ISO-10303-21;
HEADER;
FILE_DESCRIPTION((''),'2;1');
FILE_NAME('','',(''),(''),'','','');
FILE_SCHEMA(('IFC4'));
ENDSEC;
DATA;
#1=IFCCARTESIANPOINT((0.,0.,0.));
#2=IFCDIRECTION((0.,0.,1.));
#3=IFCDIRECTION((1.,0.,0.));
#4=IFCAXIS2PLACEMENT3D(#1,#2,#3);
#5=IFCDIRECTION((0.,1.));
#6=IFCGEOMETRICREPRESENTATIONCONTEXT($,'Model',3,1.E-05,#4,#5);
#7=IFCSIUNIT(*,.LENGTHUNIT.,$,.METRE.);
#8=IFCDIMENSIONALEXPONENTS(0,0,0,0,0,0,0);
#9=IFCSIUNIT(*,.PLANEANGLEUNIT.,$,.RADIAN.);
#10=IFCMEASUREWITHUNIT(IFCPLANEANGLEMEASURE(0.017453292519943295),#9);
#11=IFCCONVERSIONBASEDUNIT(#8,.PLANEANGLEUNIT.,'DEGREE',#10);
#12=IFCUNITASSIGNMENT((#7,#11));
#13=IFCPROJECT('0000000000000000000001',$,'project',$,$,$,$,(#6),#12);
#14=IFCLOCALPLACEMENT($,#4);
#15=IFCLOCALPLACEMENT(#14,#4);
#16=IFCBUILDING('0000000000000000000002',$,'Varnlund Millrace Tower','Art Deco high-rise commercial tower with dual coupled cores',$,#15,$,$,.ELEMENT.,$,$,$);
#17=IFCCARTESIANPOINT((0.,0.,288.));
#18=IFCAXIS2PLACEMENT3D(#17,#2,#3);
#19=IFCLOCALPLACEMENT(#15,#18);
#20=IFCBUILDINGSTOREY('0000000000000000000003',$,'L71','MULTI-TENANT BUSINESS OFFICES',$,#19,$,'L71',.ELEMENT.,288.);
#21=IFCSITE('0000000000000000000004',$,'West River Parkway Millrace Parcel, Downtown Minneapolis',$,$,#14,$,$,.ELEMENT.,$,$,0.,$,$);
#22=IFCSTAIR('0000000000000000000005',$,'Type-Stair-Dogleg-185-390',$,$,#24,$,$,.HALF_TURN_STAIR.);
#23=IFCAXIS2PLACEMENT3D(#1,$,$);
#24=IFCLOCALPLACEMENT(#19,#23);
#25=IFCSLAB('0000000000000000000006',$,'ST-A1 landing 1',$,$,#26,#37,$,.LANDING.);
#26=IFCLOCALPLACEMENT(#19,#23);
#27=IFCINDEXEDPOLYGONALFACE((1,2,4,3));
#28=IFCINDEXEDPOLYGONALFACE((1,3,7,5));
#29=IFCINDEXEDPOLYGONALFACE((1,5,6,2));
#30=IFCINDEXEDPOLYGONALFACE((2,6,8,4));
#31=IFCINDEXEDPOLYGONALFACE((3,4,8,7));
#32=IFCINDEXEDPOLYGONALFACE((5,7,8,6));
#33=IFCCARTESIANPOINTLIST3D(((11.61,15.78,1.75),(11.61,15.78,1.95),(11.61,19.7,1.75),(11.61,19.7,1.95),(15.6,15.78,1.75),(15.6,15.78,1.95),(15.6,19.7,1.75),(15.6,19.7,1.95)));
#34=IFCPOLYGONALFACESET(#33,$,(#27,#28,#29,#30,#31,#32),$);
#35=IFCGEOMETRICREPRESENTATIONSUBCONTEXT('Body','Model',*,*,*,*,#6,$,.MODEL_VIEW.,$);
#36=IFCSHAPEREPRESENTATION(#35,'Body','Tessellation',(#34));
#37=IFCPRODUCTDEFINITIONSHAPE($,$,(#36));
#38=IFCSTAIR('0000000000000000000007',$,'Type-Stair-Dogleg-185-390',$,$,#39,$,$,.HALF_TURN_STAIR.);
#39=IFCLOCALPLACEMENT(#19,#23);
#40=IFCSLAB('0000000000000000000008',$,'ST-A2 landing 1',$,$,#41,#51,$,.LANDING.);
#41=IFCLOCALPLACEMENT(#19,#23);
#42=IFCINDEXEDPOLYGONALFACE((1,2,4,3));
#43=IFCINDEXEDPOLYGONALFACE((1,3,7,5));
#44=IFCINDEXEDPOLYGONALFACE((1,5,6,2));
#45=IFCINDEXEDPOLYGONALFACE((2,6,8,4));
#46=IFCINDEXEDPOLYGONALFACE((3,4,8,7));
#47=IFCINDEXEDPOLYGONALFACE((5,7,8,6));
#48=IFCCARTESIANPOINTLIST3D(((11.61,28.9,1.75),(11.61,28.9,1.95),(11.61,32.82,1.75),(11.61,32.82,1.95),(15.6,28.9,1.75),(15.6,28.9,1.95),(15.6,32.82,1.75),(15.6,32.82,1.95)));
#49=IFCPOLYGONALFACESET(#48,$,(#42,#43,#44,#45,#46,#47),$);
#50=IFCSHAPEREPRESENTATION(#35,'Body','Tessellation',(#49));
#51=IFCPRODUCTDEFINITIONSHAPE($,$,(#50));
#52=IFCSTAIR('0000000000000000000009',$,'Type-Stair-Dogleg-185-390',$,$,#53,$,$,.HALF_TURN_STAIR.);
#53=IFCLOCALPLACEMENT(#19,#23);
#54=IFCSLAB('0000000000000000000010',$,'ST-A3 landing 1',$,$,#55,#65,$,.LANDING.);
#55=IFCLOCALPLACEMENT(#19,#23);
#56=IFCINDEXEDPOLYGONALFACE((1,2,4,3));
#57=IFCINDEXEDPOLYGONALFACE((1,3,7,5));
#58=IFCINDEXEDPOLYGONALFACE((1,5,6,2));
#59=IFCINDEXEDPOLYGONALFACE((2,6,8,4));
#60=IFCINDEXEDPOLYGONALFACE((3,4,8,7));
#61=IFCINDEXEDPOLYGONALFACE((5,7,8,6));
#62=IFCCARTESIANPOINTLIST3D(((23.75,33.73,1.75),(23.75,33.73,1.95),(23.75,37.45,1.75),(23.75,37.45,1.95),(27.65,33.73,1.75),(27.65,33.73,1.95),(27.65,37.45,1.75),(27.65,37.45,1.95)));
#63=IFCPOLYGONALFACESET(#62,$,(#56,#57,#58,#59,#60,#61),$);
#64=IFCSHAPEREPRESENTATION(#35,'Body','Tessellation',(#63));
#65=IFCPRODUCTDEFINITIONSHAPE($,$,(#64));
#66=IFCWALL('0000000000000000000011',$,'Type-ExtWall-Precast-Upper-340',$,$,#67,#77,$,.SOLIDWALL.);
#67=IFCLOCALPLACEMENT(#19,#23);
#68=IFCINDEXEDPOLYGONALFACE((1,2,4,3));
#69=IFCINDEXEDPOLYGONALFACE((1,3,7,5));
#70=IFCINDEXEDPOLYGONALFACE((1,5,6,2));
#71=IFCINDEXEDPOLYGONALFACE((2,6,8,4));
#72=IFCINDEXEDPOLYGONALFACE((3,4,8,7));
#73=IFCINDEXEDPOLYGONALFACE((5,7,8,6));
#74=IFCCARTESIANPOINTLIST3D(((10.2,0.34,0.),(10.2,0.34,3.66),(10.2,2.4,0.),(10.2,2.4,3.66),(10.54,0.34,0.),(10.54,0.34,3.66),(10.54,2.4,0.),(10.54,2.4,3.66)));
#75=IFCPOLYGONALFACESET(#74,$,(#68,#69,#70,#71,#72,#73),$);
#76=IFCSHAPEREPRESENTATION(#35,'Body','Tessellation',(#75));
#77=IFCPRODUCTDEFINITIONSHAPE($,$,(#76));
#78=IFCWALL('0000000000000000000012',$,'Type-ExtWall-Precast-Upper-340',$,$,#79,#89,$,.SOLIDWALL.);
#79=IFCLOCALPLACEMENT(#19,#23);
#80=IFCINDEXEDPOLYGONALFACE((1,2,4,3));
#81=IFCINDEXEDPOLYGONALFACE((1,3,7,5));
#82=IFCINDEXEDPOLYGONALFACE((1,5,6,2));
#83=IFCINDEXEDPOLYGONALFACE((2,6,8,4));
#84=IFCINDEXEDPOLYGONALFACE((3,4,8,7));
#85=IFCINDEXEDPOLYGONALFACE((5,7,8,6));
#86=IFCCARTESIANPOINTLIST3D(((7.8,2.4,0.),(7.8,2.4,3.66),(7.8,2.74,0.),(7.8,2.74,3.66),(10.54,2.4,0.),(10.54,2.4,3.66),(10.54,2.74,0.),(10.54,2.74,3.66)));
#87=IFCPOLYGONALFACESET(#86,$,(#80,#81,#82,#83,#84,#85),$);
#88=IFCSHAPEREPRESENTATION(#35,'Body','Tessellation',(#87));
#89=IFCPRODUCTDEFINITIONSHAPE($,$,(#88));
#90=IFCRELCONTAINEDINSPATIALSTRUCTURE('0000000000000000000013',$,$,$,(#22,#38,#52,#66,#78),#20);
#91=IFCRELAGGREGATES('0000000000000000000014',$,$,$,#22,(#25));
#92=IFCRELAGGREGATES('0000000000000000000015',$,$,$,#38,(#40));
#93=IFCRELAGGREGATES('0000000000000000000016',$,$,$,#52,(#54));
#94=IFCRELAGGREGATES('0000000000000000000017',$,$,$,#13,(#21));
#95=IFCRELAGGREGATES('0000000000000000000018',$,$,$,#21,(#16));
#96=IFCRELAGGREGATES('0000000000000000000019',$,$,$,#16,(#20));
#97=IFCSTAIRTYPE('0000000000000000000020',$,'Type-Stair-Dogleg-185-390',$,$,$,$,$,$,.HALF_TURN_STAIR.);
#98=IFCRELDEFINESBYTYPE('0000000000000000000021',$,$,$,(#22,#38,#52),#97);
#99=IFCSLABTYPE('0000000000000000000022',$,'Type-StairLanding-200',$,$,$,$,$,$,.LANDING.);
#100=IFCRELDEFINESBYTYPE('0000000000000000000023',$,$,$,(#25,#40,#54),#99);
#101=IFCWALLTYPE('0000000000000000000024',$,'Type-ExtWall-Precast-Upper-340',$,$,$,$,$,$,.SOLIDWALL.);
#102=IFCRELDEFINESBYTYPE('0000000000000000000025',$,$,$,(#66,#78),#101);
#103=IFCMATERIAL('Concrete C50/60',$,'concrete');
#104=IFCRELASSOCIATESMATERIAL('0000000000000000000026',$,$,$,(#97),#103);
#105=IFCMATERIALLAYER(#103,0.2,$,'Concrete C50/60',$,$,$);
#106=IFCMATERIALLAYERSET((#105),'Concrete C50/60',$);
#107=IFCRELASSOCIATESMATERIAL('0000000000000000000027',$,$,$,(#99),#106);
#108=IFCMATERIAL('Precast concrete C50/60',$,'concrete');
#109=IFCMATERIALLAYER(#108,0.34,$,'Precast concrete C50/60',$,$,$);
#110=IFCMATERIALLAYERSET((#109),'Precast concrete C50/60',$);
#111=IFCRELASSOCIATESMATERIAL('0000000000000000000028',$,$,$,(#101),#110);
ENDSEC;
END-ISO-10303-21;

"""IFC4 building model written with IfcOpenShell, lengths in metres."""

from ifc_helpers import new_model, entity, si_unit, converted_unit, direction, frame, origin_with_axes, place, context, subcontext, project, spatial, polyline, outline, extrude, material, layer, layer_set, type_object, element, aggregate, save


model = new_model("IFC4")

# Units and contexts
model_context = context("Model", 3, precision=1e-05, world=origin_with_axes(), true_north=direction((0.0, 1.0)))
body_context = subcontext(model_context, "Body", "Model", "MODEL_VIEW")
ifc_project = project(units=[si_unit("LENGTHUNIT", "METRE"), converted_unit("PLANEANGLEUNIT", "DEGREE", entity("IfcPlaneAngleMeasure", 0.017453292519943295), si_unit("PLANEANGLEUNIT", "RADIAN"), dimensions=[0, 0, 0, 0, 0, 0, 0])], contexts=[model_context])

# Site, building, storey
site_placement = place(None, origin_with_axes())
site = spatial("IfcSite", under=ifc_project, at=site_placement, Name="West River Parkway Millrace Parcel, Downtown Minneapolis", CompositionType="ELEMENT", RefElevation=0.0)
building_placement = place(site_placement, origin_with_axes())
building = spatial("IfcBuilding", under=site, at=building_placement, Name="Varnlund Millrace Tower", Description="Art Deco high-rise commercial tower with dual coupled cores", CompositionType="ELEMENT")
storey_placement = place(building_placement, frame((0.0, 0.0, 288.0), z_axis=(0.0, 0.0, 1.0), x_axis=(1.0, 0.0, 0.0)))
storey = spatial("IfcBuildingStorey", under=building, at=storey_placement, Name="L71", Description="MULTI-TENANT BUSINESS OFFICES", LongName="L71", CompositionType="ELEMENT", Elevation=288.0)

# Stairs, slabs
ifc_material_1 = material(Name="Concrete C50/60", Category="concrete")
stair_type = type_object("IfcStairType", Name="Type-Stair-Dogleg-185-390", PredefinedType="HALF_TURN_STAIR", material=ifc_material_1)
stair_1_placement = place(storey_placement, origin_with_axes())
stair_1 = element("IfcStair", 1, at=stair_1_placement, inside=storey, type_object=stair_type, Name="Type-Stair-Dogleg-185-390", PredefinedType="HALF_TURN_STAIR")
ifc_layer_1 = layer(ifc_material_1, 0.2, Name="Concrete C50/60")
ifc_layer_set_1 = layer_set([ifc_layer_1], Name="Concrete C50/60")
slab_type = type_object("IfcSlabType", Name="Type-StairLanding-200", PredefinedType="LANDING", material=ifc_layer_set_1)
slab_1_placement = place(storey_placement, frame((0.0, 0.0, 1.75), z_axis=(0.0, 0.0, 1.0), x_axis=(1.0, 0.0, 0.0)))
slab_1 = element("IfcSlab", 2, at=slab_1_placement, type_object=slab_type, Name="ST-A1 landing 1", PredefinedType="LANDING", context=body_context, shape_type="SweptSolid", body=[
    extrude(outline(polyline([(15.6, 15.78), (15.6, 19.7), (11.61, 19.7), (11.61, 15.78), (15.6, 15.78)])), origin_with_axes(), (0.0, 0.0, 1.0), 0.2),
])
aggregate(stair_1, [slab_1])
stair_2_placement = place(storey_placement, origin_with_axes())
stair_2 = element("IfcStair", 3, at=stair_2_placement, inside=storey, type_object=stair_type, Name="Type-Stair-Dogleg-185-390", PredefinedType="HALF_TURN_STAIR")
slab_2_placement = place(storey_placement, frame((0.0, 0.0, 1.75), z_axis=(0.0, 0.0, 1.0), x_axis=(1.0, 0.0, 0.0)))
slab_2 = element("IfcSlab", 4, at=slab_2_placement, type_object=slab_type, Name="ST-A2 landing 1", PredefinedType="LANDING", context=body_context, shape_type="SweptSolid", body=[
    extrude(outline(polyline([(11.61, 32.82), (11.61, 28.9), (15.6, 28.9), (15.6, 32.82), (11.61, 32.82)])), origin_with_axes(), (0.0, 0.0, 1.0), 0.2),
])
aggregate(stair_2, [slab_2])
stair_3_placement = place(storey_placement, origin_with_axes())
stair_3 = element("IfcStair", 5, at=stair_3_placement, inside=storey, type_object=stair_type, Name="Type-Stair-Dogleg-185-390", PredefinedType="HALF_TURN_STAIR")
slab_3_placement = place(storey_placement, frame((0.0, 0.0, 1.75), z_axis=(0.0, 0.0, 1.0), x_axis=(1.0, 0.0, 0.0)))
slab_3 = element("IfcSlab", 6, at=slab_3_placement, type_object=slab_type, Name="ST-A3 landing 1", PredefinedType="LANDING", context=body_context, shape_type="SweptSolid", body=[
    extrude(outline(polyline([(27.65, 33.73), (27.65, 37.45), (23.75, 37.45), (23.75, 33.73), (27.65, 33.73)])), origin_with_axes(), (0.0, 0.0, 1.0), 0.2),
])
aggregate(stair_3, [slab_3])

# Walls
ifc_material_2 = material(Name="Precast concrete C50/60", Category="concrete")
ifc_layer_2 = layer(ifc_material_2, 0.34, Name="Precast concrete C50/60")
ifc_layer_set_2 = layer_set([ifc_layer_2], Name="Precast concrete C50/60")
wall_type_1 = type_object("IfcWallType", Name="Type-ExtWall-Precast-Upper-340", PredefinedType="SOLIDWALL", material=ifc_layer_set_2)
wall_1_placement = place(storey_placement, frame((10.37, 0.34, 0.0), z_axis=(0.0, 0.0, 1.0), x_axis=(0.0, 1.0, 0.0)))
element("IfcWall", 7, at=wall_1_placement, inside=storey, type_object=wall_type_1, Name="Type-ExtWall-Precast-Upper-340", PredefinedType="SOLIDWALL", context=body_context, shape_type="SweptSolid", body=[
    extrude(outline(polyline([(0.0, -0.17), (2.06, -0.17), (2.06, 0.17), (0.0, 0.17), (0.0, -0.17)])), origin_with_axes(), (0.0, 0.0, 1.0), 3.66),
])
wall_2_placement = place(storey_placement, frame((10.54, 2.57, 0.0), z_axis=(0.0, 0.0, 1.0), x_axis=(-1.0, 0.0, 0.0)))
element("IfcWall", 8, at=wall_2_placement, inside=storey, type_object=wall_type_1, Name="Type-ExtWall-Precast-Upper-340", PredefinedType="SOLIDWALL", context=body_context, shape_type="SweptSolid", body=[
    extrude(outline(polyline([(0.0, -0.17), (2.74, -0.17), (2.74, 0.17), (0.0, 0.17), (0.0, -0.17)])), origin_with_axes(), (0.0, 0.0, 1.0), 3.66),
])

save(model, "model.ifc")
